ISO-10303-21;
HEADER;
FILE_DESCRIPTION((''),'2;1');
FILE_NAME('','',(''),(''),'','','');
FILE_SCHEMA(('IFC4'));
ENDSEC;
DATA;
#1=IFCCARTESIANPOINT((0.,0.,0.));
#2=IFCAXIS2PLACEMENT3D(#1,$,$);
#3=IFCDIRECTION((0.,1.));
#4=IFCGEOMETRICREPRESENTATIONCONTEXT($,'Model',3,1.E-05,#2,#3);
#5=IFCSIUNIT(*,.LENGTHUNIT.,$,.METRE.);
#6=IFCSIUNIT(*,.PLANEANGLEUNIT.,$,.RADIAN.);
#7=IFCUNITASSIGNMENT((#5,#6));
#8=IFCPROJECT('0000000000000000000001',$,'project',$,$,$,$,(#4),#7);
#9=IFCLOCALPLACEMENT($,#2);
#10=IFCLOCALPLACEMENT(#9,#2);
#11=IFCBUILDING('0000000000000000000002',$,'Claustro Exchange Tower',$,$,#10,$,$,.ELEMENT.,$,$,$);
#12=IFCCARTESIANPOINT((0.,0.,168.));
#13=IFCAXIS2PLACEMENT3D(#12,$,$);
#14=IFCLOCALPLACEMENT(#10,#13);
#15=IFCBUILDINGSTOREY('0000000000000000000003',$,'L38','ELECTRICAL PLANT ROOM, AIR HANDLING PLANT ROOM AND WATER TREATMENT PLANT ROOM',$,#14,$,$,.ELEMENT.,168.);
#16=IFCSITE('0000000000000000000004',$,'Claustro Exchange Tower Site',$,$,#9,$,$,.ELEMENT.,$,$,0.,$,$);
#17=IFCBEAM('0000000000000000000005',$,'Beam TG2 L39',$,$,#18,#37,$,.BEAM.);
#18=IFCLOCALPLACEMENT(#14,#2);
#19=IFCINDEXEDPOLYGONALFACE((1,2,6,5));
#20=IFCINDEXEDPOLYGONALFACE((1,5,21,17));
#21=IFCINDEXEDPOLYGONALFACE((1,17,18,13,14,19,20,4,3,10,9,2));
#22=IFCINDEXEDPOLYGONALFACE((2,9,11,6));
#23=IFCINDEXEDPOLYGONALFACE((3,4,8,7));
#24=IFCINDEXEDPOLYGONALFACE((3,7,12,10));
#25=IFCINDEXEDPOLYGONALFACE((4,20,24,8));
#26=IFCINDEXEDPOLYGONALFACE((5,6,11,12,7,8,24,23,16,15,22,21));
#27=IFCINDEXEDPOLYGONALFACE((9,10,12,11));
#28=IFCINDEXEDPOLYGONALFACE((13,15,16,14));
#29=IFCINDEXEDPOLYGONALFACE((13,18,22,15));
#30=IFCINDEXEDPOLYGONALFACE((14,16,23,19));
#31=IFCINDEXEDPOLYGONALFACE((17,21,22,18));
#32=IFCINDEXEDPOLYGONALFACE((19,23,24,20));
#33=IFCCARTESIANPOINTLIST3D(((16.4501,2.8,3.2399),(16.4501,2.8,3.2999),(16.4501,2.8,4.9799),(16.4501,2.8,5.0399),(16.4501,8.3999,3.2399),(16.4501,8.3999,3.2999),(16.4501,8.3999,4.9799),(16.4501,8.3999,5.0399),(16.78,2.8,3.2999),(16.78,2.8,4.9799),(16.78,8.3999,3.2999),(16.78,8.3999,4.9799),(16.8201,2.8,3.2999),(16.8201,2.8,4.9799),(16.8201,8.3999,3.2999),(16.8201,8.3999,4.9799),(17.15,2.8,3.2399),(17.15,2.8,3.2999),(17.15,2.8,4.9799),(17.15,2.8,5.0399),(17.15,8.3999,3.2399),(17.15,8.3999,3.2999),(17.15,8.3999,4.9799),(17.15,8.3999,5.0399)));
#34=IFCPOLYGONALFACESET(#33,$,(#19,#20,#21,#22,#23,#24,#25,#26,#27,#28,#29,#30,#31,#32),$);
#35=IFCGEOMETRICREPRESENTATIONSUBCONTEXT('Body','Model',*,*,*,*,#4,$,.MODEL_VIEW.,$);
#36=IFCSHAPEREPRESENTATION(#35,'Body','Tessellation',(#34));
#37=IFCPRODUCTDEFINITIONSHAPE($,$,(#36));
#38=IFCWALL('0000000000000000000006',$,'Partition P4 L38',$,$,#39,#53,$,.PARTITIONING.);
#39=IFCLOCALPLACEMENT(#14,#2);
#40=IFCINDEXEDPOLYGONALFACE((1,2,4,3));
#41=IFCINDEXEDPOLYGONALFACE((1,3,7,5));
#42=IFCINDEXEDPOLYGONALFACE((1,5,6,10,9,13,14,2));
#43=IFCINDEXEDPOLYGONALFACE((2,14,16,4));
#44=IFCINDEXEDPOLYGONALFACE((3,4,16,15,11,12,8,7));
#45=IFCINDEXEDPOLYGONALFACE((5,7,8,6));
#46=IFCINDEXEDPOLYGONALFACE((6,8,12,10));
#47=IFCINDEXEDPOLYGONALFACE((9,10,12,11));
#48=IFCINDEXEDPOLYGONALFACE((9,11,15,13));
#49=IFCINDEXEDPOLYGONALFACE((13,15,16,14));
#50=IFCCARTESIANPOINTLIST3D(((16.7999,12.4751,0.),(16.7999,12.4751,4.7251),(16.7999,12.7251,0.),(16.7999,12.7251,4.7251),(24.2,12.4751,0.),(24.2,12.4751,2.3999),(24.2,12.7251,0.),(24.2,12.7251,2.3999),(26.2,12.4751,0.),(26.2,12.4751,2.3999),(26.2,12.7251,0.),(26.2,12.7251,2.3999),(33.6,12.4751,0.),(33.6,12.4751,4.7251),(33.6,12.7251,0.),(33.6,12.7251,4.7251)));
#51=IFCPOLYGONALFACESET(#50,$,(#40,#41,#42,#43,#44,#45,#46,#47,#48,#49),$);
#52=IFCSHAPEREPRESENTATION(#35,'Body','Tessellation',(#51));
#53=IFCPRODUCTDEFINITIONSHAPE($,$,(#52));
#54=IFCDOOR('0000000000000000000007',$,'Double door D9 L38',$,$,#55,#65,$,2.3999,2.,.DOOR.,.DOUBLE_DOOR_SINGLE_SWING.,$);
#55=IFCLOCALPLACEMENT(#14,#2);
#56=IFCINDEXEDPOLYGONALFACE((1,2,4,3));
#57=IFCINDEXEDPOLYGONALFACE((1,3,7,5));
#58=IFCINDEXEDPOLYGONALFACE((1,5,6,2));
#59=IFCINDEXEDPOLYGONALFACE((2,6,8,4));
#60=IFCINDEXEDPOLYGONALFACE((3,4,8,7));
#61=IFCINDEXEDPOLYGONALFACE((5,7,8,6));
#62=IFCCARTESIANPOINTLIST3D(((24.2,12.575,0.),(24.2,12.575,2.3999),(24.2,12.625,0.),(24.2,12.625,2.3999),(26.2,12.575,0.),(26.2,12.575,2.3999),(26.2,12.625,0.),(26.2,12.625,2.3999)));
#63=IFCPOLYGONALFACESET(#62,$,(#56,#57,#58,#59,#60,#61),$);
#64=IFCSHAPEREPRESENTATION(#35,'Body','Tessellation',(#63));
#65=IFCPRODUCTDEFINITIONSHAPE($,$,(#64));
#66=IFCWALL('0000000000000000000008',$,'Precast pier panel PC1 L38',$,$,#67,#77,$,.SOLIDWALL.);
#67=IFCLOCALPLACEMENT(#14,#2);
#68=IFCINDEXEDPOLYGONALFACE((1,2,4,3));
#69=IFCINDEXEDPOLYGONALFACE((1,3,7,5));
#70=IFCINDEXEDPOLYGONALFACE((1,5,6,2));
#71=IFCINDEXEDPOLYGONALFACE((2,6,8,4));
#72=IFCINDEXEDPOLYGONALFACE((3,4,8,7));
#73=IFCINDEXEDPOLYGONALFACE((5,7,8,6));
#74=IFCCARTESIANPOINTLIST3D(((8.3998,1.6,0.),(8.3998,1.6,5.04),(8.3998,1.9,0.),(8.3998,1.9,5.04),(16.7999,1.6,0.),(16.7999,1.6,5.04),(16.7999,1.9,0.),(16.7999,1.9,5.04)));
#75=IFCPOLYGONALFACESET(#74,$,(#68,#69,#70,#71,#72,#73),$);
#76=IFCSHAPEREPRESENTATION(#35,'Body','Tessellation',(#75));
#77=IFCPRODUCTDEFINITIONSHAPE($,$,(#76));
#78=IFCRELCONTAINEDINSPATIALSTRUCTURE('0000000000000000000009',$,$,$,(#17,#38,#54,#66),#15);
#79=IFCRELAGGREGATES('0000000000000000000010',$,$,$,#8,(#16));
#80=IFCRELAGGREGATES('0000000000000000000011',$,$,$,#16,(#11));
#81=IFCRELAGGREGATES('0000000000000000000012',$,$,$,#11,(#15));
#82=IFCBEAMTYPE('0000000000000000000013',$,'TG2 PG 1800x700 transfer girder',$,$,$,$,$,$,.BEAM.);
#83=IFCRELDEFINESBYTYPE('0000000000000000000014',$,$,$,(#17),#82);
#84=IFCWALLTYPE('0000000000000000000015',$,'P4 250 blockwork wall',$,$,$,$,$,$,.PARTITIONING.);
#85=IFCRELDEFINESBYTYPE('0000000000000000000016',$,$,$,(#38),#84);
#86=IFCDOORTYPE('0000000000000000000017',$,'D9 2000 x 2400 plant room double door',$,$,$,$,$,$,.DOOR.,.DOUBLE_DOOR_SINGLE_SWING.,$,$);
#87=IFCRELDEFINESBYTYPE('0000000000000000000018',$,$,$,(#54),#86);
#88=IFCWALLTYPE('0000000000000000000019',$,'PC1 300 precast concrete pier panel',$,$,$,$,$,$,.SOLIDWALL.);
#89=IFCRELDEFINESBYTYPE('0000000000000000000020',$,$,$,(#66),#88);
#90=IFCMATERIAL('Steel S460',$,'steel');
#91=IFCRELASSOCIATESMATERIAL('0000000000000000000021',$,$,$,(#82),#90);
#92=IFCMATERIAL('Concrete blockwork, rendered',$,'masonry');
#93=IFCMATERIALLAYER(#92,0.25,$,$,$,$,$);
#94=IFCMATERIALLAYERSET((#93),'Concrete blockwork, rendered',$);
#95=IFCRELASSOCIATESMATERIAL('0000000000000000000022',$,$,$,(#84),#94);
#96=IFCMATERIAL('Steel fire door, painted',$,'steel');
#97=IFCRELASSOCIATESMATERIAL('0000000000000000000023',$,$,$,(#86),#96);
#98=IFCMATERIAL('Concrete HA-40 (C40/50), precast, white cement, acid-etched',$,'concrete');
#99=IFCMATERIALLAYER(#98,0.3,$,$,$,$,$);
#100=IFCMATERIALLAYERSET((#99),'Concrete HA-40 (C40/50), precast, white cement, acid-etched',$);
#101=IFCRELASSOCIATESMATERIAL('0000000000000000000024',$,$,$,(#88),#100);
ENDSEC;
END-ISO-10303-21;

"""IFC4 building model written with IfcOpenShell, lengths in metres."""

from ifc_helpers import new_model, si_unit, direction, frame, frame_2d, origin, origin_2d, place, context, subcontext, project, spatial, rectangle, i_section, extrude, material, layer, layer_set, material_profile, profile_set, type_object, element, fill, save


model = new_model("IFC4")

# Units and contexts
model_context = context("Model", 3, precision=1e-05, world=origin(), true_north=direction((0.0, 1.0)))
body_context = subcontext(model_context, "Body", "Model", "MODEL_VIEW")
ifc_project = project(units=[si_unit("LENGTHUNIT", "METRE"), si_unit("PLANEANGLEUNIT", "RADIAN")], contexts=[model_context])

# Site, building, storey
site_placement = place(None, origin())
site = spatial("IfcSite", under=ifc_project, at=site_placement, Name="Claustro Exchange Tower Site", CompositionType="ELEMENT", RefElevation=0.0)
building_placement = place(site_placement, origin())
building = spatial("IfcBuilding", under=site, at=building_placement, Name="Claustro Exchange Tower", CompositionType="ELEMENT")
storey_placement = place(building_placement, frame((0.0, 0.0, 168.0)))
storey = spatial("IfcBuildingStorey", under=building, at=storey_placement, Name="L38", Description="ELECTRICAL PLANT ROOM, AIR HANDLING PLANT ROOM AND WATER TREATMENT PLANT ROOM", CompositionType="ELEMENT", Elevation=168.0)

# Beam
ifc_material_1 = material(Name="Steel S460", Category="steel")
ifc_material_profile_1 = material_profile(ifc_material_1, i_section(OverallWidth=0.7, OverallDepth=1.8, WebThickness=0.04, FlangeThickness=0.0601, at=origin_2d()), Name="PG 1800x700")
ifc_profile_set_1 = profile_set([ifc_material_profile_1], Name="Steel S460")
beam_type_1 = type_object("IfcBeamType", Name="TG2 PG 1800x700 transfer girder", PredefinedType="BEAM", material=ifc_profile_set_1)
beam_1_placement = place(storey_placement, frame((16.8, 2.8, 4.1399), z_axis=(0.0, 1.0, 0.0), x_axis=(-1.0, 0.0, 0.0)))
element("IfcBeam", 1, at=beam_1_placement, inside=storey, type_object=beam_type_1, Name="Beam TG2 L39", PredefinedType="BEAM", context=body_context, shape_type="SweptSolid", body=[
    extrude(i_section(OverallWidth=0.7, OverallDepth=1.8, WebThickness=0.04, FlangeThickness=0.0601, at=origin_2d()), origin(), (0.0, 0.0, 1.0), 5.5999),
])

# Wall, opening, door
ifc_material_2 = material(Name="Concrete blockwork, rendered", Category="masonry")
ifc_layer_1 = layer(ifc_material_2, 0.25)
ifc_layer_set_1 = layer_set([ifc_layer_1], Name="Concrete blockwork, rendered")
wall_type_1 = type_object("IfcWallType", Name="P4 250 blockwork wall", PredefinedType="PARTITIONING", material=ifc_layer_set_1)
wall_1_placement = place(storey_placement, frame((16.8, 12.6001, 0.0), z_axis=(0.0, 0.0, 1.0), x_axis=(1.0, 0.0, 0.0)))
wall_1 = element("IfcWall", 2, at=wall_1_placement, inside=storey, type_object=wall_type_1, Name="Partition P4 L38", PredefinedType="PARTITIONING", context=body_context, shape_type="SweptSolid", body=[
    extrude(rectangle(XDim=16.8, YDim=0.25, at=frame_2d((8.3999, 0.0))), origin(), (0.0, 0.0, 1.0), 4.7251),
])
opening_placement = place(wall_1_placement, frame((7.3999, 0.0, 0.0)))
opening = element("IfcOpeningElement", 3, at=opening_placement, cuts=wall_1, PredefinedType="OPENING", context=body_context, shape_type="SweptSolid", body=[
    extrude(rectangle(XDim=2.0, YDim=2.3999, at=frame_2d((1.0, 1.2))), frame((0.0, 0.135, 0.0), z_axis=(0.0, -1.0, 0.0), x_axis=(1.0, 0.0, 0.0)), (0.0, 0.0, 1.0), 0.27),
])
ifc_material_3 = material(Name="Steel fire door, painted", Category="steel")
door_type = type_object("IfcDoorType", Name="D9 2000 x 2400 plant room double door", OperationType="DOUBLE_DOOR_SINGLE_SWING", PredefinedType="DOOR", material=ifc_material_3)
door_placement = place(opening_placement, origin())
door = element("IfcDoor", 4, at=door_placement, inside=storey, type_object=door_type, Name="Double door D9 L38", OperationType="DOUBLE_DOOR_SINGLE_SWING", OverallHeight=2.3999, OverallWidth=2.0, PredefinedType="DOOR", context=body_context, shape_type="SweptSolid", body=[
    extrude(rectangle(XDim=2.0, YDim=2.3999, at=frame_2d((1.0, 1.2))), frame((0.0, 0.0249, 0.0), z_axis=(0.0, -1.0, 0.0), x_axis=(1.0, 0.0, 0.0)), (0.0, 0.0, 1.0), 0.05),
])
fill(opening, door)

# Wall
ifc_material_4 = material(Name="Concrete HA-40 (C40/50), precast, white cement, acid-etched", Category="concrete")
ifc_layer_2 = layer(ifc_material_4, 0.3)
ifc_layer_set_2 = layer_set([ifc_layer_2], Name="Concrete HA-40 (C40/50), precast, white cement, acid-etched")
wall_type_2 = type_object("IfcWallType", Name="PC1 300 precast concrete pier panel", PredefinedType="SOLIDWALL", material=ifc_layer_set_2)
wall_2_placement = place(storey_placement, frame((16.8, 1.75, 0.0), z_axis=(0.0, 0.0, 1.0), x_axis=(-1.0, 0.0, 0.0)))
element("IfcWall", 5, at=wall_2_placement, inside=storey, type_object=wall_type_2, Name="Precast pier panel PC1 L38", PredefinedType="SOLIDWALL", context=body_context, shape_type="SweptSolid", body=[
    extrude(rectangle(XDim=8.4001, YDim=0.3, at=frame_2d((4.2002, 0.0))), origin(), (0.0, 0.0, 1.0), 5.04),
])

save(model, "model.ifc")
